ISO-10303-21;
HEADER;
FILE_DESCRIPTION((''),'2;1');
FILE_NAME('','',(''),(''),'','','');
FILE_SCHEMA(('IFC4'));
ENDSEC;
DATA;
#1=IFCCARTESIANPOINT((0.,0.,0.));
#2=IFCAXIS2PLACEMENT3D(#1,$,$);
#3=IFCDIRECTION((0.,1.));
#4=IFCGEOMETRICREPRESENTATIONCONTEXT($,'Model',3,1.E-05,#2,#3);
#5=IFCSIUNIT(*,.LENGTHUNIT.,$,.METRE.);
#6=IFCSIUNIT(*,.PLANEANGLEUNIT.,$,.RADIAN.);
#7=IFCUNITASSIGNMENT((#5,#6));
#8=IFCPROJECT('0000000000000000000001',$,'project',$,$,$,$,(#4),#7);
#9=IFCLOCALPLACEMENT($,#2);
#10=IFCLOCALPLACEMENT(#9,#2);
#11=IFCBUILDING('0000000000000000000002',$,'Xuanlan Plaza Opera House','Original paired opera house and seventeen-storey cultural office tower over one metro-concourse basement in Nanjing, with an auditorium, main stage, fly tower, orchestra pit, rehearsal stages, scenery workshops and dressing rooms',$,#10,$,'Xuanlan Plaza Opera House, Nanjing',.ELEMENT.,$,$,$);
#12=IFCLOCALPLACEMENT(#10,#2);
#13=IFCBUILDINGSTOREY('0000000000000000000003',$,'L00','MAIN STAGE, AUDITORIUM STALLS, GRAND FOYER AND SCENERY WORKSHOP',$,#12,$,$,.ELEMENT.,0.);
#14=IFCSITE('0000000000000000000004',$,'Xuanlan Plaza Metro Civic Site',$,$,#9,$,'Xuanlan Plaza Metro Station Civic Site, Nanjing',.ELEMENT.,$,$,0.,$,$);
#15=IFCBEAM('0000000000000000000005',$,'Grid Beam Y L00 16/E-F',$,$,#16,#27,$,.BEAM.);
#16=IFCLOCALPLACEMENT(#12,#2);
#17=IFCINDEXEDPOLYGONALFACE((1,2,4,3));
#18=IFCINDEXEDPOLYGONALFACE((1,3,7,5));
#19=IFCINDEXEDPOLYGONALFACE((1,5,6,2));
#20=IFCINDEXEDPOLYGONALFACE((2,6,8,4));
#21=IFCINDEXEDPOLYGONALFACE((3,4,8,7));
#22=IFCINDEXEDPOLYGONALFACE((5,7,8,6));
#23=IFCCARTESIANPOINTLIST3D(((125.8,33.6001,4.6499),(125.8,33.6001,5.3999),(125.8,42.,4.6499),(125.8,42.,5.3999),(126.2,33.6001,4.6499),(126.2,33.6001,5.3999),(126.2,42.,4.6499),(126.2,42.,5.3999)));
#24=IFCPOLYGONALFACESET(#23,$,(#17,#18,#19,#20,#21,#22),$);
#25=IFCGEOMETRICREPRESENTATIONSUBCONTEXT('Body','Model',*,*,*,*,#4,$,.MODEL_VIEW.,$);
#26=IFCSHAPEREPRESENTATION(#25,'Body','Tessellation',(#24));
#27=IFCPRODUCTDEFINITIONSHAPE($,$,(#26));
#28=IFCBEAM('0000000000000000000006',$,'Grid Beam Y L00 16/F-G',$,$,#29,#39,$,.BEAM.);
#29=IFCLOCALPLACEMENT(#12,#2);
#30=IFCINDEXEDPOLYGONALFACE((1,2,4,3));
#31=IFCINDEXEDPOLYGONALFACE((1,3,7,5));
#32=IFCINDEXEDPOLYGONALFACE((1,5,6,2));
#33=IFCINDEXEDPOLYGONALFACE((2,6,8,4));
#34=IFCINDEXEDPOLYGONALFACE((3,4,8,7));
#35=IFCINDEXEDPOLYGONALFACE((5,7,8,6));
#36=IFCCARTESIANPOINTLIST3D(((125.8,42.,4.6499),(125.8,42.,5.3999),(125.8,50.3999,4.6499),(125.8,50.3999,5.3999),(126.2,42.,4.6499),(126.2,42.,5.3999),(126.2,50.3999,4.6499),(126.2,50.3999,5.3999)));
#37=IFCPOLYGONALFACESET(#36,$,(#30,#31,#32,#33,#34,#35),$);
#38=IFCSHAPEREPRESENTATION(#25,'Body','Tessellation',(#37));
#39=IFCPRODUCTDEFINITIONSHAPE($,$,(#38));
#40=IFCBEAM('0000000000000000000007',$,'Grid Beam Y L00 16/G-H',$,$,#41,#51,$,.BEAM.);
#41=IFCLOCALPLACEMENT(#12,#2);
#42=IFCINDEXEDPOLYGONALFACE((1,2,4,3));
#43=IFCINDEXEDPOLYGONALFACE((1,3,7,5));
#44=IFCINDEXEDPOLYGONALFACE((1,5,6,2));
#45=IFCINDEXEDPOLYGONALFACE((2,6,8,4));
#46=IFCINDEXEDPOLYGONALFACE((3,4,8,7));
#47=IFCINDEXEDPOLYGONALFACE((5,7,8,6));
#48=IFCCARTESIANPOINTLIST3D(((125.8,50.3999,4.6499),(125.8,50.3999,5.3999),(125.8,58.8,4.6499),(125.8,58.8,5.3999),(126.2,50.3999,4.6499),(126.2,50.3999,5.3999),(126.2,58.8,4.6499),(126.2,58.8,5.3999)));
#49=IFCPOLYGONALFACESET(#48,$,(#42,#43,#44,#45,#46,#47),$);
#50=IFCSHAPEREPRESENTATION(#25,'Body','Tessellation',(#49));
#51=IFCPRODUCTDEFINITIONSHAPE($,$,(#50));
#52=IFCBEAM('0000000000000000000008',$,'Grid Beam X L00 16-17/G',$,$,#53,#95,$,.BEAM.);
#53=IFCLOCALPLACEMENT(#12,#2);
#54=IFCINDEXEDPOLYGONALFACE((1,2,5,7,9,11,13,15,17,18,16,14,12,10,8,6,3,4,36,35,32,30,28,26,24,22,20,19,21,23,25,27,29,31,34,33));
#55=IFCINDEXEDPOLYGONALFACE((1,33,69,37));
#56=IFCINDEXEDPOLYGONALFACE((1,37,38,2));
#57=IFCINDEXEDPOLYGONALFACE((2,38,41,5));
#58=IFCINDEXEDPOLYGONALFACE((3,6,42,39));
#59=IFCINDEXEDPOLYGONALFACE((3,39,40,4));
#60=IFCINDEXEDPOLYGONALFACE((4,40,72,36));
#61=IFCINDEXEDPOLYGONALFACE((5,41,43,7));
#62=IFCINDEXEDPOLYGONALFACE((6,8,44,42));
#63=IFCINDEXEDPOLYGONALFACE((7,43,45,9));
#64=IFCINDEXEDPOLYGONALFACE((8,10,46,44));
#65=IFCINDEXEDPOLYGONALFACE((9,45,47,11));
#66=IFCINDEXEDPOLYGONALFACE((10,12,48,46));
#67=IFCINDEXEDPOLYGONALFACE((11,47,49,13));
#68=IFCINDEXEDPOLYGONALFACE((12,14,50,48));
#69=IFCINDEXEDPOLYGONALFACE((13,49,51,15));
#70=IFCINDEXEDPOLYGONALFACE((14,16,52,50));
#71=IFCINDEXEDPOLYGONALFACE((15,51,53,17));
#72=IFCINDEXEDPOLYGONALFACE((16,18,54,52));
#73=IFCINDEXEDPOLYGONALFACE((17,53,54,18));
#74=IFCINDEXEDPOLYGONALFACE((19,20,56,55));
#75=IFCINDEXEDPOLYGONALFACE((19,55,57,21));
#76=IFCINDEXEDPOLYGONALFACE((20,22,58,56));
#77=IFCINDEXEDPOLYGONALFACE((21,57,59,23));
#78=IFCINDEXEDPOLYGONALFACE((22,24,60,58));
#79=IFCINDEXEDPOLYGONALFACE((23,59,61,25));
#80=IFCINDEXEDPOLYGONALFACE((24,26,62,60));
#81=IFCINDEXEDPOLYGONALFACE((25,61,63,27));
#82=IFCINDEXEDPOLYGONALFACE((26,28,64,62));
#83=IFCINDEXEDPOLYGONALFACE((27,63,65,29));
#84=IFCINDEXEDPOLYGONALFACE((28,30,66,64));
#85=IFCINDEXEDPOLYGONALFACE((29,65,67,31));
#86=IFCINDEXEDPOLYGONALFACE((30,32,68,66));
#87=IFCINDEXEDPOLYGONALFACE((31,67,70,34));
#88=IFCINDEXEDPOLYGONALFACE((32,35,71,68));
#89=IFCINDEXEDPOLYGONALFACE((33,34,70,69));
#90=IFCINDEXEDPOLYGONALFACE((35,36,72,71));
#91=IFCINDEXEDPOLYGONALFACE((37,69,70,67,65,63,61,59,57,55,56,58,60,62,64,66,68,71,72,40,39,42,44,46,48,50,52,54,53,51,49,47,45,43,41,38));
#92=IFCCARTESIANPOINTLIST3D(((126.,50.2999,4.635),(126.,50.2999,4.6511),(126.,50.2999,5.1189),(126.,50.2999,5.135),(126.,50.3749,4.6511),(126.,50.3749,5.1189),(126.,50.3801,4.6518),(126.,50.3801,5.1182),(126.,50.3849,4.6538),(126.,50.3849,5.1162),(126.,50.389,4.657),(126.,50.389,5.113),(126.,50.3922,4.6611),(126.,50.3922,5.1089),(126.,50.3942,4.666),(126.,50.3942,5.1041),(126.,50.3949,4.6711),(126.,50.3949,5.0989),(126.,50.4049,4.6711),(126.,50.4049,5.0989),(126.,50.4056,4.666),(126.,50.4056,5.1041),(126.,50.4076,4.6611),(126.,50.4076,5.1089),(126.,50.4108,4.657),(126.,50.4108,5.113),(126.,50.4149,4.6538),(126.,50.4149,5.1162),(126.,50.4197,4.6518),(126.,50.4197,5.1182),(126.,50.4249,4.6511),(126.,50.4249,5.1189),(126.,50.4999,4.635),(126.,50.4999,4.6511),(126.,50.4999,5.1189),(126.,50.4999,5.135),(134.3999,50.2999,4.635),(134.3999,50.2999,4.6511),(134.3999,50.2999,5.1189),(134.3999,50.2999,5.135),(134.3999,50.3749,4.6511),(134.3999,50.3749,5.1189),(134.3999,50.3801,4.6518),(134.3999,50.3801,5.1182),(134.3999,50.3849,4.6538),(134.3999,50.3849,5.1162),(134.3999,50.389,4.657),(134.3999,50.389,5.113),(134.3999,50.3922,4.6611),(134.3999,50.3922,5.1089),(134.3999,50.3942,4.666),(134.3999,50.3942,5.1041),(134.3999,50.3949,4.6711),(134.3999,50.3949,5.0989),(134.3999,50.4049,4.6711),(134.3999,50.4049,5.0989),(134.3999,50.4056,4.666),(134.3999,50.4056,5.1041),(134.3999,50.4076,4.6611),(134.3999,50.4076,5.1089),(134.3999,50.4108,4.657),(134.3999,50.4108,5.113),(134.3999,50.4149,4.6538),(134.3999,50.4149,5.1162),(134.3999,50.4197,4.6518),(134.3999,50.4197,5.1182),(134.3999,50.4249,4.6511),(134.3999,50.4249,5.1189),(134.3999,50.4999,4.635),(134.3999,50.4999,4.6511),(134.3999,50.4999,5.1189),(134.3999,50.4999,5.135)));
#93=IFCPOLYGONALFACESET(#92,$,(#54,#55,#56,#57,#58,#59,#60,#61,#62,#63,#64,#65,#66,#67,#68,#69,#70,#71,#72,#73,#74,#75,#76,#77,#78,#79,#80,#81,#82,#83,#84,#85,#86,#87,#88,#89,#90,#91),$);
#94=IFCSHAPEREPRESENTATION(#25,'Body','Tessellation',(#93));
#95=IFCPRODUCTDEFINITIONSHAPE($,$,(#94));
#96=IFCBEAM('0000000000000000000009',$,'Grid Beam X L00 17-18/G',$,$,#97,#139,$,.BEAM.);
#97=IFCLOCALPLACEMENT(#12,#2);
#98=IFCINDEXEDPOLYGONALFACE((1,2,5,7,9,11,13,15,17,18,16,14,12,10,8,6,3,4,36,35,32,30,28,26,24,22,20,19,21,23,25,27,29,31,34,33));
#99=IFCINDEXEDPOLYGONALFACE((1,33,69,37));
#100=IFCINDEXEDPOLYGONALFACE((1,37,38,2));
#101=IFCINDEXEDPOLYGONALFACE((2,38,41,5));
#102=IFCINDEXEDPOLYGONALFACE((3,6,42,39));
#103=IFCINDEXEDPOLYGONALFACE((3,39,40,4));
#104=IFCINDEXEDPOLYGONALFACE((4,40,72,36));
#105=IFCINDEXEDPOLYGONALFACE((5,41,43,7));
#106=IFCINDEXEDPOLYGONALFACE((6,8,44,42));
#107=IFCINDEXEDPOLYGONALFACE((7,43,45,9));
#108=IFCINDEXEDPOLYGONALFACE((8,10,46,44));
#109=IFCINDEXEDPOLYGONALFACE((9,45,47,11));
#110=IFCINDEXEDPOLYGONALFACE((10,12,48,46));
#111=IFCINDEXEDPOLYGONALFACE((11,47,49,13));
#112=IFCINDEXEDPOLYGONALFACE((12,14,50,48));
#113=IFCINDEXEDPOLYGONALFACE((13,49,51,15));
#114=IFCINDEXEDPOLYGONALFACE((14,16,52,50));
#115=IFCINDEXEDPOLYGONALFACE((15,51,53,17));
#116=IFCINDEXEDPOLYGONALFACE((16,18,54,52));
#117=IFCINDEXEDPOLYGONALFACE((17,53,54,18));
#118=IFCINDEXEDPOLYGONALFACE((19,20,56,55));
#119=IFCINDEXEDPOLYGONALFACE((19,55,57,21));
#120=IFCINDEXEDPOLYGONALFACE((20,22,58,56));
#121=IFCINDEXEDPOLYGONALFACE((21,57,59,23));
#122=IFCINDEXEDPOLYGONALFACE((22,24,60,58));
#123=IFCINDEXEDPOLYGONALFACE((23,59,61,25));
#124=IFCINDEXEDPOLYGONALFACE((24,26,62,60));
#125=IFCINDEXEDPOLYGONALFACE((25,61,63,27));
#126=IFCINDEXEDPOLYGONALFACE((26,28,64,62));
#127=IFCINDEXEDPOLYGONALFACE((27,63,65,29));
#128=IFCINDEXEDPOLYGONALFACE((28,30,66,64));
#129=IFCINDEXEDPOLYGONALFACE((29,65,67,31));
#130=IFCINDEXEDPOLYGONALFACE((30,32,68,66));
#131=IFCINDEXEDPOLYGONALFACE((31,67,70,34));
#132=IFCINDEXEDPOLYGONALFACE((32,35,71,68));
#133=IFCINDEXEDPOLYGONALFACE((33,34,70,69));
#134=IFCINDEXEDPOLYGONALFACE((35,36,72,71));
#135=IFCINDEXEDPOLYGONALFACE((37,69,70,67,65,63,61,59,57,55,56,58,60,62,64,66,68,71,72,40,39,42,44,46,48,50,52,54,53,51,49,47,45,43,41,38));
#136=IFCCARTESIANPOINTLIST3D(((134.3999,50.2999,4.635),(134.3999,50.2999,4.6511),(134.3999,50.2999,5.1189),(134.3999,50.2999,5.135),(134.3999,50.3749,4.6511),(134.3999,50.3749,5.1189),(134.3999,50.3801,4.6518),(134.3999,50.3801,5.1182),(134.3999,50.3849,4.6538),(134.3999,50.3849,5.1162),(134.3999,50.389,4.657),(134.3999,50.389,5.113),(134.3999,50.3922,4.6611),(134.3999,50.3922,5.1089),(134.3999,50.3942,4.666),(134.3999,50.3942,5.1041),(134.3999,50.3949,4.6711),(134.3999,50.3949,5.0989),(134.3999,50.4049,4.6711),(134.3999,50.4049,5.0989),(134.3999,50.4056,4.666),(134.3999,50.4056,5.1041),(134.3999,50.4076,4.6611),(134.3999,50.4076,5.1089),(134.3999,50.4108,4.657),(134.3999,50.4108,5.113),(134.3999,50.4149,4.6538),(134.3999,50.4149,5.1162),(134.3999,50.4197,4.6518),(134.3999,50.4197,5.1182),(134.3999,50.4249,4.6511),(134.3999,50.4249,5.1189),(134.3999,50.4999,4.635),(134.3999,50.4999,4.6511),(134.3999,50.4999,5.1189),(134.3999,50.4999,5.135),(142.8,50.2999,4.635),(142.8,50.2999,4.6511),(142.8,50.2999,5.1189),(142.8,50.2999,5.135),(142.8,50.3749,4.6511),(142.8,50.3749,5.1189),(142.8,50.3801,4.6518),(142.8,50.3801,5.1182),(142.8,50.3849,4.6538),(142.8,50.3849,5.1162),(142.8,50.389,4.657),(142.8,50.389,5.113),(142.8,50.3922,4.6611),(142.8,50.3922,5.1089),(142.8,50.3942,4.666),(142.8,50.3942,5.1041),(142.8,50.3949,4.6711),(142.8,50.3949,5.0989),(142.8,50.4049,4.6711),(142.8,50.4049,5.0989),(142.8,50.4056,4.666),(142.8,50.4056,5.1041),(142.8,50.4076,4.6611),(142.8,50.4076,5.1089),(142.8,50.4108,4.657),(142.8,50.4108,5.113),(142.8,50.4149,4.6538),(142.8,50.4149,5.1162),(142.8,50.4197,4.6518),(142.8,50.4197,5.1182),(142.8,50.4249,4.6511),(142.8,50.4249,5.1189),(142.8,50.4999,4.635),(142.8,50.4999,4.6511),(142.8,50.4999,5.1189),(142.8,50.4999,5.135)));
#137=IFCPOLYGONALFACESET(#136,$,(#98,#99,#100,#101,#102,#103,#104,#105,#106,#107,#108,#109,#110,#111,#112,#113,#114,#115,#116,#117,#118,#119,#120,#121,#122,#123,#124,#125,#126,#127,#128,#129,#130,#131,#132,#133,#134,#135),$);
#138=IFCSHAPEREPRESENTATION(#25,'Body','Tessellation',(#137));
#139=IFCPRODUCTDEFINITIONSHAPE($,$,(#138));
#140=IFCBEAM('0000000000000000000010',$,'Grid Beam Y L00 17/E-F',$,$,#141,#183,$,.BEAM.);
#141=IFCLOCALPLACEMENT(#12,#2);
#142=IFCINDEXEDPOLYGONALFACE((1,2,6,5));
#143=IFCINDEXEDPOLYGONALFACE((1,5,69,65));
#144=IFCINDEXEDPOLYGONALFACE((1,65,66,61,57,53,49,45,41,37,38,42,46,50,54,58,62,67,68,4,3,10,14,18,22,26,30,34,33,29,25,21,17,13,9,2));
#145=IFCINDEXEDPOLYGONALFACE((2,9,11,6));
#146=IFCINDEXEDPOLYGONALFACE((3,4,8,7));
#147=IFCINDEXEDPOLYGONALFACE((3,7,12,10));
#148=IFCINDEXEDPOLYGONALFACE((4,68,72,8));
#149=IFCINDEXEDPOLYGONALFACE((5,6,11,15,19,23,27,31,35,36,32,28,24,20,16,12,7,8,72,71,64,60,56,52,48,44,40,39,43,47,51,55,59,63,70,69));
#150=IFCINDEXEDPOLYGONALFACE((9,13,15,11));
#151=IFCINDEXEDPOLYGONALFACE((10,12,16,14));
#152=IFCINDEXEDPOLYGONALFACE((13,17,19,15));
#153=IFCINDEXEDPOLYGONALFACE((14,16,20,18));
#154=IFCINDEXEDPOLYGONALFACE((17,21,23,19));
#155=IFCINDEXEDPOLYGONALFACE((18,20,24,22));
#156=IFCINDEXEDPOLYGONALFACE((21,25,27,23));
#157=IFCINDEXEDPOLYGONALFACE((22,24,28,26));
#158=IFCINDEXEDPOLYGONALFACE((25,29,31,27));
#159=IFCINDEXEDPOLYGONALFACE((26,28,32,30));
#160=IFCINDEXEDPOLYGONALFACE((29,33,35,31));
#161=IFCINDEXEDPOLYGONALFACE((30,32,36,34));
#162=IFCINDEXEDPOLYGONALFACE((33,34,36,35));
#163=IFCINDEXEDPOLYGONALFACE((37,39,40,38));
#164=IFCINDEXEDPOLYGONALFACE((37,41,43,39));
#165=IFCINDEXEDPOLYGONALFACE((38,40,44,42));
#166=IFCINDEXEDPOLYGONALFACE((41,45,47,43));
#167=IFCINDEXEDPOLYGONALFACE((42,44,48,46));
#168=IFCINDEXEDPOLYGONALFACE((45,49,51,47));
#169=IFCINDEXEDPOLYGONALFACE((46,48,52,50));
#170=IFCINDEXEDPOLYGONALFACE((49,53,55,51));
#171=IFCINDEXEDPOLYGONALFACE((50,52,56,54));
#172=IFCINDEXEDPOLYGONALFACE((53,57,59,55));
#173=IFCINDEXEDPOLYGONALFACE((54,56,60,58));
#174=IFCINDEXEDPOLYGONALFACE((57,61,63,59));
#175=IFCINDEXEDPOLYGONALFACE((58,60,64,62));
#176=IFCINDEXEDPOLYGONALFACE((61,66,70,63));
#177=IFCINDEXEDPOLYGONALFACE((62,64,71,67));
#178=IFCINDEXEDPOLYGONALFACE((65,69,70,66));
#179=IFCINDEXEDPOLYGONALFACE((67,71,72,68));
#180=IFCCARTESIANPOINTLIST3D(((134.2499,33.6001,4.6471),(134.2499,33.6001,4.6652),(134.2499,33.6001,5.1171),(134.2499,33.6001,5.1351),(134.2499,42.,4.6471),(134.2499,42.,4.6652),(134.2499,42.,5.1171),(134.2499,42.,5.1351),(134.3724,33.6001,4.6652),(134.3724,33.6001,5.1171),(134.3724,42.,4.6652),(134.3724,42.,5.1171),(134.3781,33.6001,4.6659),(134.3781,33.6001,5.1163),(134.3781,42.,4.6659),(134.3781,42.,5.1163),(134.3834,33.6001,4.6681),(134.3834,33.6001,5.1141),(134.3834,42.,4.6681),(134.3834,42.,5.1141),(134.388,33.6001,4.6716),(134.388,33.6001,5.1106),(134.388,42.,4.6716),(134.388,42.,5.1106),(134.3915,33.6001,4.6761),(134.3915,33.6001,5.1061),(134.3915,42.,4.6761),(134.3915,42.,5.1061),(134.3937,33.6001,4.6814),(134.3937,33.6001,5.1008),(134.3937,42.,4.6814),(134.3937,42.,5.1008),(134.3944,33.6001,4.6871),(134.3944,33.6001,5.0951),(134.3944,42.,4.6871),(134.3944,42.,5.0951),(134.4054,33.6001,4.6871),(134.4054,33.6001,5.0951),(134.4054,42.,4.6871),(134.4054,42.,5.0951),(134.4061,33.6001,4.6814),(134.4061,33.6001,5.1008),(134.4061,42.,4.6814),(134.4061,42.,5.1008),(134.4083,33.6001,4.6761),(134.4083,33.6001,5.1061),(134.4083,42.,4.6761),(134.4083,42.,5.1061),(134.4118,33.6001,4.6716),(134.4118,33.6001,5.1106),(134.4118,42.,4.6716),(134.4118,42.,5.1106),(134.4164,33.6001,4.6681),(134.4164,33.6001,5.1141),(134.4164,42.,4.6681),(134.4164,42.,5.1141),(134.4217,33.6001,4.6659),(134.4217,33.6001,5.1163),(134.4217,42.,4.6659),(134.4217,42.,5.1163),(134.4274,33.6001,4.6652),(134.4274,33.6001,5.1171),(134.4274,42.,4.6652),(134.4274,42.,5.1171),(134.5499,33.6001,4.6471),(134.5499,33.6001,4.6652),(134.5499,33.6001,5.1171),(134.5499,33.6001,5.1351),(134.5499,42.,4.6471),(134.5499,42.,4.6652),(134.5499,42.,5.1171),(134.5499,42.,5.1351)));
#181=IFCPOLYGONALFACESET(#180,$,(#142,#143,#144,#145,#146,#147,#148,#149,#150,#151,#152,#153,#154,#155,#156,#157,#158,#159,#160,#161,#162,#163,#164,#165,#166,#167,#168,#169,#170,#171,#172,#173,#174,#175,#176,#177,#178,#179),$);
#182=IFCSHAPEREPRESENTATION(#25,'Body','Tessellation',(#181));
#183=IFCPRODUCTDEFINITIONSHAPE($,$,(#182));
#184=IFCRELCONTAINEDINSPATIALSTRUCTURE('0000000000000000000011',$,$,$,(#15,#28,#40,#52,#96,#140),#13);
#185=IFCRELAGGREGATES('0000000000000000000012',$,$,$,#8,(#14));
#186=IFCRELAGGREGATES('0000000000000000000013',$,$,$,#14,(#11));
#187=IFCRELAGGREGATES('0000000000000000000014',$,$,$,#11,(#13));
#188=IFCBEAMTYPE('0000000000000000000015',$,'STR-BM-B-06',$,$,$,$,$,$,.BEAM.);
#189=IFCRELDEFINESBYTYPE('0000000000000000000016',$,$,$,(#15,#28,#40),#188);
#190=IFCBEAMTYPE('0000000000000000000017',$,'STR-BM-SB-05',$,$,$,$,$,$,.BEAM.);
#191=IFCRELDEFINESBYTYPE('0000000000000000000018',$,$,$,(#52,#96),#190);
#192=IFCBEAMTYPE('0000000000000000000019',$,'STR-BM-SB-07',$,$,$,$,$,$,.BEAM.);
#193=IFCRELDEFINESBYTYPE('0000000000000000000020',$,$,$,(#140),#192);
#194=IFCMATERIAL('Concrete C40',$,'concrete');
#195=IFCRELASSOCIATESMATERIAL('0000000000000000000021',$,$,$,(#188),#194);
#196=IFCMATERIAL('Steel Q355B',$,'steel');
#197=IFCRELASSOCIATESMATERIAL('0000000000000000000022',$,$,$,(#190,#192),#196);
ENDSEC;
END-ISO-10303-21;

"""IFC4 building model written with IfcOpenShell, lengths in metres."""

from ifc_helpers import new_model, si_unit, direction, frame, origin, origin_2d, place, context, subcontext, project, spatial, rectangle, i_section, extrude, material, material_profile, profile_set, type_object, element, save


model = new_model("IFC4")

# Units and contexts
model_context = context("Model", 3, precision=1e-05, world=origin(), true_north=direction((0.0, 1.0)))
body_context = subcontext(model_context, "Body", "Model", "MODEL_VIEW")
ifc_project = project(units=[si_unit("LENGTHUNIT", "METRE"), si_unit("PLANEANGLEUNIT", "RADIAN")], contexts=[model_context])

# Site, building, storey
site_placement = place(None, origin())
site = spatial("IfcSite", under=ifc_project, at=site_placement, Name="Xuanlan Plaza Metro Civic Site", LongName="Xuanlan Plaza Metro Station Civic Site, Nanjing", CompositionType="ELEMENT", RefElevation=0.0)
building_placement = place(site_placement, origin())
building = spatial("IfcBuilding", under=site, at=building_placement, Name="Xuanlan Plaza Opera House", Description="Original paired opera house and seventeen-storey cultural office tower over one metro-concourse basement in Nanjing, with an auditorium, main stage, fly tower, orchestra pit, rehearsal stages, scenery workshops and dressing rooms", LongName="Xuanlan Plaza Opera House, Nanjing", CompositionType="ELEMENT")
storey_placement = place(building_placement, origin())
storey = spatial("IfcBuildingStorey", under=building, at=storey_placement, Name="L00", Description="MAIN STAGE, AUDITORIUM STALLS, GRAND FOYER AND SCENERY WORKSHOP", CompositionType="ELEMENT", Elevation=0.0)

# Beams
ifc_material_1 = material(Name="Concrete C40", Category="concrete")
ifc_material_profile_1 = material_profile(ifc_material_1, rectangle(XDim=0.3999, YDim=0.75, at=origin_2d()), Name="RC-BM 400x750")
ifc_profile_set_1 = profile_set([ifc_material_profile_1], Name="Concrete C40")
beam_type_1 = type_object("IfcBeamType", Name="STR-BM-B-06", PredefinedType="BEAM", material=ifc_profile_set_1)
for number, where, z_axis, x_axis, name in (
    (1, (126.0, 33.6001, 5.0249), (0.0, 1.0, 0.0), (-1.0, 0.0, 0.0), "Grid Beam Y L00 16/E-F"),
    (2, (126.0, 42.0, 5.0249), (0.0, 1.0, 0.0), (-1.0, 0.0, 0.0), "Grid Beam Y L00 16/F-G"),
):
    element("IfcBeam", number, at=place(storey_placement, frame(where, z_axis=z_axis, x_axis=x_axis)), inside=storey, type_object=beam_type_1, Name=name, PredefinedType="BEAM", context=body_context, shape_type="SweptSolid", body=[
        extrude(rectangle(XDim=0.3999, YDim=0.75, at=origin_2d()), origin(), (0.0, 0.0, 1.0), 8.3999),
    ])
beam_1_placement = place(storey_placement, frame((126.0, 50.3999, 5.0249), z_axis=(0.0, 1.0, 0.0), x_axis=(-1.0, 0.0, 0.0)))
element("IfcBeam", 3, at=beam_1_placement, inside=storey, type_object=beam_type_1, Name="Grid Beam Y L00 16/G-H", PredefinedType="BEAM", context=body_context, shape_type="SweptSolid", body=[
    extrude(rectangle(XDim=0.3999, YDim=0.75, at=origin_2d()), origin(), (0.0, 0.0, 1.0), 8.4001),
])
ifc_material_2 = material(Name="Steel Q355B", Category="steel")
ifc_material_profile_2 = material_profile(ifc_material_2, i_section(OverallWidth=0.2, OverallDepth=0.5, WebThickness=0.01, FlangeThickness=0.0161, FilletRadius=0.02, at=origin_2d()), Name="HN 500x200x10x16")
ifc_profile_set_2 = profile_set([ifc_material_profile_2], Name="Steel Q355B")
beam_type_2 = type_object("IfcBeamType", Name="STR-BM-SB-05", PredefinedType="BEAM", material=ifc_profile_set_2)
beam_2_placement = place(storey_placement, frame((126.0, 50.3999, 4.885), z_axis=(1.0, 0.0, 0.0), x_axis=(0.0, 1.0, 0.0)))
element("IfcBeam", 4, at=beam_2_placement, inside=storey, type_object=beam_type_2, Name="Grid Beam X L00 16-17/G", PredefinedType="BEAM", context=body_context, shape_type="SweptSolid", body=[
    extrude(i_section(OverallWidth=0.2, OverallDepth=0.5, WebThickness=0.01, FlangeThickness=0.0161, FilletRadius=0.02, at=origin_2d()), origin(), (0.0, 0.0, 1.0), 8.3999),
])
beam_3_placement = place(storey_placement, frame((134.3999, 50.3999, 4.885), z_axis=(1.0, 0.0, 0.0), x_axis=(0.0, 1.0, 0.0)))
element("IfcBeam", 5, at=beam_3_placement, inside=storey, type_object=beam_type_2, Name="Grid Beam X L00 17-18/G", PredefinedType="BEAM", context=body_context, shape_type="SweptSolid", body=[
    extrude(i_section(OverallWidth=0.2, OverallDepth=0.5, WebThickness=0.01, FlangeThickness=0.0161, FilletRadius=0.02, at=origin_2d()), origin(), (0.0, 0.0, 1.0), 8.4001),
])
ifc_material_profile_3 = material_profile(ifc_material_2, i_section(OverallWidth=0.3, OverallDepth=0.488, WebThickness=0.011, FlangeThickness=0.0181, FilletRadius=0.022, at=origin_2d()), Name="HM 488x300x11x18")
ifc_profile_set_3 = profile_set([ifc_material_profile_3], Name="Steel Q355B")
beam_type_3 = type_object("IfcBeamType", Name="STR-BM-SB-07", PredefinedType="BEAM", material=ifc_profile_set_3)
for number, where, z_axis, x_axis, name in (
    (6, (134.3999, 33.6001, 4.8911), (0.0, 1.0, 0.0), (-1.0, 0.0, 0.0), "Grid Beam Y L00 17/E-F"),
):
    element("IfcBeam", number, at=place(storey_placement, frame(where, z_axis=z_axis, x_axis=x_axis)), inside=storey, type_object=beam_type_3, Name=name, PredefinedType="BEAM", context=body_context, shape_type="SweptSolid", body=[
        extrude(i_section(OverallWidth=0.3, OverallDepth=0.488, WebThickness=0.011, FlangeThickness=0.0181, FilletRadius=0.022, at=origin_2d()), origin(), (0.0, 0.0, 1.0), 8.3999),
    ])

save(model, "model.ifc")
